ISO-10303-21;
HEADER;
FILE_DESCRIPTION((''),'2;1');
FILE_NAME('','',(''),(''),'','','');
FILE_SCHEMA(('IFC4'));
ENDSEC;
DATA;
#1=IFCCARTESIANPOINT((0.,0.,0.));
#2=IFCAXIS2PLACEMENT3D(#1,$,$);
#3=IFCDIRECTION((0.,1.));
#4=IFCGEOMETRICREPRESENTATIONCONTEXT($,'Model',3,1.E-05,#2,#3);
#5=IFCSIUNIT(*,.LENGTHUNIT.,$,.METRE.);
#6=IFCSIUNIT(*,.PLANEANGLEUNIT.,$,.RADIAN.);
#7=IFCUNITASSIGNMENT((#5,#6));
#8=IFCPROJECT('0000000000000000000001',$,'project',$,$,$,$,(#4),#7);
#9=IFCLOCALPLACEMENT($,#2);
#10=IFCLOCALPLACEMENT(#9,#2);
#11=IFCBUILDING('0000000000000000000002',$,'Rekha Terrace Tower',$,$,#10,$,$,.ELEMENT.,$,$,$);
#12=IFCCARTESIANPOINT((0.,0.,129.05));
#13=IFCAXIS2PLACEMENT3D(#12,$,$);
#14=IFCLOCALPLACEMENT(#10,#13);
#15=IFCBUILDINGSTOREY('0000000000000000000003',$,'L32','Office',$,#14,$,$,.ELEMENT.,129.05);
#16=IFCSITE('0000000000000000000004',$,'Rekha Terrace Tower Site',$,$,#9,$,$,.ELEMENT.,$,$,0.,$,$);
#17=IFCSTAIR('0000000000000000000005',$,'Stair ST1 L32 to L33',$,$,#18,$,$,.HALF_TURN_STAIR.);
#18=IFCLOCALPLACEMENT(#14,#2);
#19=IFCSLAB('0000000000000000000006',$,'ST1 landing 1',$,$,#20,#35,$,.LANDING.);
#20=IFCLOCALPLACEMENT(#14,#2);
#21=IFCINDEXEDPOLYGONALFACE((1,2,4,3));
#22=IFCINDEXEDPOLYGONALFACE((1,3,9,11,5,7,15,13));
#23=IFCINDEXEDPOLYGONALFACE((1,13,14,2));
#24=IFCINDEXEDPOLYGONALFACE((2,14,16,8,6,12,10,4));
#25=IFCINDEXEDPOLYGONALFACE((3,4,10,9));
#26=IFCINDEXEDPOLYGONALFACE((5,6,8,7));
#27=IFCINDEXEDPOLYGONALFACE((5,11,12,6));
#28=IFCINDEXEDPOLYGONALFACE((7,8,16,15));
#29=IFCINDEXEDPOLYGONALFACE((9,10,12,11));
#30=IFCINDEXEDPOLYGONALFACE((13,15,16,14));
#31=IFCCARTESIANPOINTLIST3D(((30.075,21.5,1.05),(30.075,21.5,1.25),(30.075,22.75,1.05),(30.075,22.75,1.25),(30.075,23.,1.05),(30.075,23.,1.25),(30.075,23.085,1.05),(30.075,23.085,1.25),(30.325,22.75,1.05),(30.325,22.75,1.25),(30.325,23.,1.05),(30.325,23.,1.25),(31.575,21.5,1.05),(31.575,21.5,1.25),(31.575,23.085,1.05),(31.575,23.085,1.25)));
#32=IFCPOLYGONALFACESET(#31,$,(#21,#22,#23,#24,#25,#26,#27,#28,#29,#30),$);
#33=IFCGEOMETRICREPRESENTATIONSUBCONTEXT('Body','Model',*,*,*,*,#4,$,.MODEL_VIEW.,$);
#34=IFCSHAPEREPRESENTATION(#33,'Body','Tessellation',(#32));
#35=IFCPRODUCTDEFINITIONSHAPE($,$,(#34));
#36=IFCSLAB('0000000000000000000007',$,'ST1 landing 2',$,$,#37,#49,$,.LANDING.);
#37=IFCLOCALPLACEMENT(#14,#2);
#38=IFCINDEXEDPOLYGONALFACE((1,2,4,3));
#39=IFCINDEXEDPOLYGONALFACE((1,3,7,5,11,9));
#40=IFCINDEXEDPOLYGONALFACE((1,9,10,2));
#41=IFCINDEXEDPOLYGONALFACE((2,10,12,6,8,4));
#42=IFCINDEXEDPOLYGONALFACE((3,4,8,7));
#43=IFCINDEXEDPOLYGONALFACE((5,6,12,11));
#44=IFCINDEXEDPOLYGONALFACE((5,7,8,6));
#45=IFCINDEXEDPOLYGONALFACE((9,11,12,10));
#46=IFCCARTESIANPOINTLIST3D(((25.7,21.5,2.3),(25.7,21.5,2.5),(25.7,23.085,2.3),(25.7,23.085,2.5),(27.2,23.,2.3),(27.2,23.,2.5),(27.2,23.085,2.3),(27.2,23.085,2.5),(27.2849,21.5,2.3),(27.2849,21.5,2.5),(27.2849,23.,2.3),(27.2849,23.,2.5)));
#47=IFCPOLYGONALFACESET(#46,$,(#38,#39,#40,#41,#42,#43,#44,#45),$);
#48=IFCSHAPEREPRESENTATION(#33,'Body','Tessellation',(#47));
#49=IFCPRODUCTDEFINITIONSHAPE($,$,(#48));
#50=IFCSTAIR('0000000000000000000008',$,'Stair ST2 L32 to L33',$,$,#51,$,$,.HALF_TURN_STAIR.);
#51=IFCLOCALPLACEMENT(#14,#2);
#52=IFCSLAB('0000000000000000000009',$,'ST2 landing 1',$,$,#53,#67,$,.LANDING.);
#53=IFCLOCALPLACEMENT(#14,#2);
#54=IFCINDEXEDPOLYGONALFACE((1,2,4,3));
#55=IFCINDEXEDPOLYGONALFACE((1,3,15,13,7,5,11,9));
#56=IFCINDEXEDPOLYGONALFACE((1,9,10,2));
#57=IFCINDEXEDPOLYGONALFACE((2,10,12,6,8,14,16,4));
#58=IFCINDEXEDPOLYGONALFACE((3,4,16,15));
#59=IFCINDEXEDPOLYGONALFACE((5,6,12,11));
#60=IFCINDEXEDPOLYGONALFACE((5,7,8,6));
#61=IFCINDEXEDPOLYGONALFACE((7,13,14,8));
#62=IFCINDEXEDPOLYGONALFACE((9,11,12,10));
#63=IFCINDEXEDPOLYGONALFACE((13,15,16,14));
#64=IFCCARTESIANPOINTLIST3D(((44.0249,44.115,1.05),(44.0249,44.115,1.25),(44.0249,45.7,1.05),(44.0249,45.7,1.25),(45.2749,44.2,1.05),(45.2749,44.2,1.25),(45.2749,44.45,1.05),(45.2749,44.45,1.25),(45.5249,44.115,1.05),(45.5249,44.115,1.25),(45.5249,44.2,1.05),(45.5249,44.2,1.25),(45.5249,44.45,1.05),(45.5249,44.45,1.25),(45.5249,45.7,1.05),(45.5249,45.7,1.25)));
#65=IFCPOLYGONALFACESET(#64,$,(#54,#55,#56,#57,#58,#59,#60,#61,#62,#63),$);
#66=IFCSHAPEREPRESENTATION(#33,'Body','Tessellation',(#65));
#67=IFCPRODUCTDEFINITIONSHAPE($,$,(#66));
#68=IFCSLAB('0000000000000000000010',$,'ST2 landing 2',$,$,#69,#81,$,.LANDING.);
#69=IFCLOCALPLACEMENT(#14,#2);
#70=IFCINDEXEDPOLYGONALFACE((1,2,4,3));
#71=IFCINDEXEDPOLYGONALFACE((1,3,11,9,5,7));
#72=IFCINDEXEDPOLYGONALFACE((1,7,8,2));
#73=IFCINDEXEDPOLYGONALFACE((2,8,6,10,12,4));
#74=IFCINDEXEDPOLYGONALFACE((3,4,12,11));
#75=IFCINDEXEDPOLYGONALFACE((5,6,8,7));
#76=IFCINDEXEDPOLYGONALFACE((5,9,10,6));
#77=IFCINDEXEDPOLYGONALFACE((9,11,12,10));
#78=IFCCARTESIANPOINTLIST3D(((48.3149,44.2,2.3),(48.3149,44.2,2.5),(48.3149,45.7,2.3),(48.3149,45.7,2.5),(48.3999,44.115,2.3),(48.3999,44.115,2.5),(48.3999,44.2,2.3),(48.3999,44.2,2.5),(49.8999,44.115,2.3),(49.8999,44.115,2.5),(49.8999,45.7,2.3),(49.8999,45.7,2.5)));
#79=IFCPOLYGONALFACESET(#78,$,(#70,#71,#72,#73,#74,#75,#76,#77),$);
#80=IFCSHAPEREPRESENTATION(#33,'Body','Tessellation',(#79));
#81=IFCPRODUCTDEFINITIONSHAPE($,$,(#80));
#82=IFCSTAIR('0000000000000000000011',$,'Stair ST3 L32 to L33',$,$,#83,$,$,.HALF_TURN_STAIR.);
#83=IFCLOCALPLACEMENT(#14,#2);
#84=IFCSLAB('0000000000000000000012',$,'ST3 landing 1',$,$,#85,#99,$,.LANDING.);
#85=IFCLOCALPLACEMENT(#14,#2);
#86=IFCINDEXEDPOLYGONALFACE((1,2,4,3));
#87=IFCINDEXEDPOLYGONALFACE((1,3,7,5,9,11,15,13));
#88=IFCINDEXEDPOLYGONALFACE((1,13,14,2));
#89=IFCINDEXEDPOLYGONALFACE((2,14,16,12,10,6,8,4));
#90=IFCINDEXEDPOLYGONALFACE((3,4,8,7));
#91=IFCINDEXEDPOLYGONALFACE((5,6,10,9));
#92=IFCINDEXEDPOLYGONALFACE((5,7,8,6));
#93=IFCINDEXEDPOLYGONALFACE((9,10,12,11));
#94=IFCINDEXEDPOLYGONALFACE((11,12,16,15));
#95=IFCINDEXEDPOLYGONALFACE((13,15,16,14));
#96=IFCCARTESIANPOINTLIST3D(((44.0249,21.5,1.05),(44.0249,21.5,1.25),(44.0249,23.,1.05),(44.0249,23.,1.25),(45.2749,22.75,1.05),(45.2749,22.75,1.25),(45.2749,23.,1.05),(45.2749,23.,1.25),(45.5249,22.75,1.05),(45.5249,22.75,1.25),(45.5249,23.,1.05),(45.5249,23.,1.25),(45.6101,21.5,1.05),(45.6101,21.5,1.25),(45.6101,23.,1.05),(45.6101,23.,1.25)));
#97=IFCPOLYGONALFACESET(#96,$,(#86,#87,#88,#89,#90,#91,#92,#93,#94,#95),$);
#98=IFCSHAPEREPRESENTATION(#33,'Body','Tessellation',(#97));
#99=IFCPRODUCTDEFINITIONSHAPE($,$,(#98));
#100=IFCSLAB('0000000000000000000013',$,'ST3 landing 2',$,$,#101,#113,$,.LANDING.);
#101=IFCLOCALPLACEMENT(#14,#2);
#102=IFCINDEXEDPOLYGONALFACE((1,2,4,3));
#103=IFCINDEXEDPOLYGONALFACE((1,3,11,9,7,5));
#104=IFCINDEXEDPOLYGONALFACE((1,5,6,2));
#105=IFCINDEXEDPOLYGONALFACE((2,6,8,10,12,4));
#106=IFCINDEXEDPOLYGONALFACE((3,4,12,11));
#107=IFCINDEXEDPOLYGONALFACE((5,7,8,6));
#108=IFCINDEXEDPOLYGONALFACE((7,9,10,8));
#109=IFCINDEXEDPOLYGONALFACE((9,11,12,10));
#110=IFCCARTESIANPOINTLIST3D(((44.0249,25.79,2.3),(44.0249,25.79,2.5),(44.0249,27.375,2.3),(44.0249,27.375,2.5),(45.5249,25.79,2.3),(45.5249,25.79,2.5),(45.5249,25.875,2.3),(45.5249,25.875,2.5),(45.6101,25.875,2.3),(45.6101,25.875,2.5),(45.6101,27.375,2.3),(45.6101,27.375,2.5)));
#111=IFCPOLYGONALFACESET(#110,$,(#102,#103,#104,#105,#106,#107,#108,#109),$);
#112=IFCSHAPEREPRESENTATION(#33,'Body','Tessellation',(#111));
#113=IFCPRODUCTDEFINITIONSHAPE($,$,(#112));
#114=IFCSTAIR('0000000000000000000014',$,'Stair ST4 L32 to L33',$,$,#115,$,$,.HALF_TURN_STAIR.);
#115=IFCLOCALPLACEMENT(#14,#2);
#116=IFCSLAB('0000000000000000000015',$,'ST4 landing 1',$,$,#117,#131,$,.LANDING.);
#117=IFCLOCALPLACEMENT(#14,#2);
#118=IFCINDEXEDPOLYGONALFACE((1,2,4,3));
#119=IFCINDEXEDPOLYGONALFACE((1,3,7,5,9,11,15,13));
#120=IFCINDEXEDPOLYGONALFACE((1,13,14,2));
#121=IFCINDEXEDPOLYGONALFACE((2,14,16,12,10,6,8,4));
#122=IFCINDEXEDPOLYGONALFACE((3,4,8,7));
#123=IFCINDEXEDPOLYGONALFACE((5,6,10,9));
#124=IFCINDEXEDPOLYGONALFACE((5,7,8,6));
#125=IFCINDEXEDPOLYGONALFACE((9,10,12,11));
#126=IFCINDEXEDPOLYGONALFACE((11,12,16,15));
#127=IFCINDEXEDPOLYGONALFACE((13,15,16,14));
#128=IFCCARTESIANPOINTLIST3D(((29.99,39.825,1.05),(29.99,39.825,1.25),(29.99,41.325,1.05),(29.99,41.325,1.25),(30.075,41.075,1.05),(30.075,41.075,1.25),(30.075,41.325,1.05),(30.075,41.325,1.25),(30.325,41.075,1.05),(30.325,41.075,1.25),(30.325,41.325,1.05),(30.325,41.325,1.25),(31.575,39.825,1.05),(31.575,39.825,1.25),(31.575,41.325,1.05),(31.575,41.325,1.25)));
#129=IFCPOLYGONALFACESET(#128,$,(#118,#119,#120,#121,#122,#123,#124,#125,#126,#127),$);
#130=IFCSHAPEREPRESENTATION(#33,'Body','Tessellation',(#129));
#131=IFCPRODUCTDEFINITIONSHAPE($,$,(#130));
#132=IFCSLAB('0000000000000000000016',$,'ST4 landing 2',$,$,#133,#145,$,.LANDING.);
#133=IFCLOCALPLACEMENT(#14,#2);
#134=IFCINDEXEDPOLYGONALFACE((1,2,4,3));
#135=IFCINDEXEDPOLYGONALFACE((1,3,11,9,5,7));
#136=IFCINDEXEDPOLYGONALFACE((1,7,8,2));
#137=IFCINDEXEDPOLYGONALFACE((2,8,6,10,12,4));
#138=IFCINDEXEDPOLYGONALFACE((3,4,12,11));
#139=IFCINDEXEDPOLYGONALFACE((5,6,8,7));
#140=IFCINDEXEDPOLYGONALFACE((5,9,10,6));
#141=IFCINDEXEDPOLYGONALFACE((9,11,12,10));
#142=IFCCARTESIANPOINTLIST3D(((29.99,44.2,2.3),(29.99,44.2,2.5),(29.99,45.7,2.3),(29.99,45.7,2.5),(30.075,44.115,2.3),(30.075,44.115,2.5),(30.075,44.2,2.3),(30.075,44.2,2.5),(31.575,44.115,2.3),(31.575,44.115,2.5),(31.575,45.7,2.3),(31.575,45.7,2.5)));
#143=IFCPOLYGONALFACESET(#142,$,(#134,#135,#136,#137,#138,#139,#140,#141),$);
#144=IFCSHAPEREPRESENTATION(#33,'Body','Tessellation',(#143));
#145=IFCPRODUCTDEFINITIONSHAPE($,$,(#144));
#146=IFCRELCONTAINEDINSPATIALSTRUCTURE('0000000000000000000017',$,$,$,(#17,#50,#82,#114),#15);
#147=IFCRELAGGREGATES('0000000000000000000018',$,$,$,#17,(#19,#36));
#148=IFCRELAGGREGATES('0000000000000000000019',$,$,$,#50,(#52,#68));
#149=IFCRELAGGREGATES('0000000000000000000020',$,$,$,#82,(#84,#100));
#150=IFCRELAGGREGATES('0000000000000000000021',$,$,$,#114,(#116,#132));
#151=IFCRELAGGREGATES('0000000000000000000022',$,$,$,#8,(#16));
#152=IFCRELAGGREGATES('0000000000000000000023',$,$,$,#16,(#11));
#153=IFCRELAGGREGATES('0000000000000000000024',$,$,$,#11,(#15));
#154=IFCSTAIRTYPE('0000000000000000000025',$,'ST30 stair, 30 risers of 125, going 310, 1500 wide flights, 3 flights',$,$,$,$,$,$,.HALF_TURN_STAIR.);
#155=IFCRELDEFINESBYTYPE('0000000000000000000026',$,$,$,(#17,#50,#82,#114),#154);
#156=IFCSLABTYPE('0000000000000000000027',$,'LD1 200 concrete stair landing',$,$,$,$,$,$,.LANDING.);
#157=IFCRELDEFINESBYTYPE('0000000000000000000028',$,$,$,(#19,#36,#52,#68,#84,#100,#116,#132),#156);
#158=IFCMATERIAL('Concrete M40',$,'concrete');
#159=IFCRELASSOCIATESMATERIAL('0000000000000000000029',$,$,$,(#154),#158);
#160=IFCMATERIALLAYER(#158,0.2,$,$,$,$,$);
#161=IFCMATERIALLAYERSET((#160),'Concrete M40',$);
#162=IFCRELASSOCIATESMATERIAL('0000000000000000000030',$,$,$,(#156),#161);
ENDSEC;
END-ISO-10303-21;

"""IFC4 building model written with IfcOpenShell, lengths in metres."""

from ifc_helpers import new_model, si_unit, direction, frame, origin, place, context, subcontext, project, spatial, polyline, outline, extrude, material, layer, layer_set, type_object, element, aggregate, save


model = new_model("IFC4")

# Units and contexts
model_context = context("Model", 3, precision=1e-05, world=origin(), true_north=direction((0.0, 1.0)))
body_context = subcontext(model_context, "Body", "Model", "MODEL_VIEW")
ifc_project = project(units=[si_unit("LENGTHUNIT", "METRE"), si_unit("PLANEANGLEUNIT", "RADIAN")], contexts=[model_context])

# Site, building, storey
site_placement = place(None, origin())
site = spatial("IfcSite", under=ifc_project, at=site_placement, Name="Rekha Terrace Tower Site", CompositionType="ELEMENT", RefElevation=0.0)
building_placement = place(site_placement, origin())
building = spatial("IfcBuilding", under=site, at=building_placement, Name="Rekha Terrace Tower", CompositionType="ELEMENT")
storey_placement = place(building_placement, frame((0.0, 0.0, 129.05)))
storey = spatial("IfcBuildingStorey", under=building, at=storey_placement, Name="L32", Description="Office", CompositionType="ELEMENT", Elevation=129.05)

# Stairs, slabs
ifc_material_1 = material(Name="Concrete M40", Category="concrete")
stair_type = type_object("IfcStairType", Name="ST30 stair, 30 risers of 125, going 310, 1500 wide flights, 3 flights", PredefinedType="HALF_TURN_STAIR", material=ifc_material_1)
stair_1_placement = place(storey_placement, origin())
stair_1 = element("IfcStair", 1, at=stair_1_placement, inside=storey, type_object=stair_type, Name="Stair ST1 L32 to L33", PredefinedType="HALF_TURN_STAIR")
ifc_layer_1 = layer(ifc_material_1, 0.2)
ifc_layer_set_1 = layer_set([ifc_layer_1], Name="Concrete M40")
slab_type_1 = type_object("IfcSlabType", Name="LD1 200 concrete stair landing", PredefinedType="LANDING", material=ifc_layer_set_1)
slab_1_placement = place(storey_placement, frame((0.0, 0.0, 1.05)))
slab_1 = element("IfcSlab", 2, at=slab_1_placement, type_object=slab_type_1, Name="ST1 landing 1", PredefinedType="LANDING", context=body_context, shape_type="SweptSolid", body=[
    extrude(outline(polyline([(30.075, 21.5), (31.575, 21.5), (31.575, 23.085), (30.075, 23.085), (30.075, 23.0), (30.325, 23.0), (30.325, 22.75), (30.075, 22.75), (30.075, 21.5)])), origin(), (0.0, 0.0, 1.0), 0.2),
])
slab_2_placement = place(storey_placement, frame((0.0, 0.0, 2.3)))
slab_2 = element("IfcSlab", 3, at=slab_2_placement, type_object=slab_type_1, Name="ST1 landing 2", PredefinedType="LANDING", context=body_context, shape_type="SweptSolid", body=[
    extrude(outline(polyline([(27.2, 23.085), (25.7, 23.085), (25.7, 21.5), (27.2849, 21.5), (27.2849, 23.0), (27.2, 23.0), (27.2, 23.085)])), origin(), (0.0, 0.0, 1.0), 0.2),
])
aggregate(stair_1, [slab_1, slab_2])
stair_2_placement = place(storey_placement, origin())
stair_2 = element("IfcStair", 4, at=stair_2_placement, inside=storey, type_object=stair_type, Name="Stair ST2 L32 to L33", PredefinedType="HALF_TURN_STAIR")
slab_3_placement = place(storey_placement, frame((0.0, 0.0, 1.05)))
slab_3 = element("IfcSlab", 5, at=slab_3_placement, type_object=slab_type_1, Name="ST2 landing 1", PredefinedType="LANDING", context=body_context, shape_type="SweptSolid", body=[
    extrude(outline(polyline([(45.5249, 45.7), (44.0249, 45.7), (44.0249, 44.115), (45.5249, 44.115), (45.5249, 44.2), (45.2749, 44.2), (45.2749, 44.45), (45.5249, 44.45), (45.5249, 45.7)])), origin(), (0.0, 0.0, 1.0), 0.2),
])
slab_4_placement = place(storey_placement, frame((0.0, 0.0, 2.3)))
slab_4 = element("IfcSlab", 6, at=slab_4_placement, type_object=slab_type_1, Name="ST2 landing 2", PredefinedType="LANDING", context=body_context, shape_type="SweptSolid", body=[
    extrude(outline(polyline([(48.3999, 44.115), (49.8999, 44.115), (49.8999, 45.7), (48.3149, 45.7), (48.3149, 44.2), (48.3999, 44.2), (48.3999, 44.115)])), origin(), (0.0, 0.0, 1.0), 0.2),
])
aggregate(stair_2, [slab_3, slab_4])
stair_3_placement = place(storey_placement, origin())
stair_3 = element("IfcStair", 7, at=stair_3_placement, inside=storey, type_object=stair_type, Name="Stair ST3 L32 to L33", PredefinedType="HALF_TURN_STAIR")
slab_5_placement = place(storey_placement, frame((0.0, 0.0, 1.05)))
slab_5 = element("IfcSlab", 8, at=slab_5_placement, type_object=slab_type_1, Name="ST3 landing 1", PredefinedType="LANDING", context=body_context, shape_type="SweptSolid", body=[
    extrude(outline(polyline([(44.0249, 23.0), (44.0249, 21.5), (45.6101, 21.5), (45.6101, 23.0), (45.5249, 23.0), (45.5249, 22.75), (45.2749, 22.75), (45.2749, 23.0), (44.0249, 23.0)])), origin(), (0.0, 0.0, 1.0), 0.2),
])
slab_6_placement = place(storey_placement, frame((0.0, 0.0, 2.3)))
slab_6 = element("IfcSlab", 9, at=slab_6_placement, type_object=slab_type_1, Name="ST3 landing 2", PredefinedType="LANDING", context=body_context, shape_type="SweptSolid", body=[
    extrude(outline(polyline([(45.6101, 25.875), (45.6101, 27.375), (44.0249, 27.375), (44.0249, 25.79), (45.5249, 25.79), (45.5249, 25.875), (45.6101, 25.875)])), origin(), (0.0, 0.0, 1.0), 0.2),
])
aggregate(stair_3, [slab_5, slab_6])
stair_4_placement = place(storey_placement, origin())
stair_4 = element("IfcStair", 10, at=stair_4_placement, inside=storey, type_object=stair_type, Name="Stair ST4 L32 to L33", PredefinedType="HALF_TURN_STAIR")
slab_7_placement = place(storey_placement, frame((0.0, 0.0, 1.05)))
slab_7 = element("IfcSlab", 11, at=slab_7_placement, type_object=slab_type_1, Name="ST4 landing 1", PredefinedType="LANDING", context=body_context, shape_type="SweptSolid", body=[
    extrude(outline(polyline([(31.575, 41.325), (31.575, 39.825), (29.99, 39.825), (29.99, 41.325), (30.075, 41.325), (30.075, 41.075), (30.325, 41.075), (30.325, 41.325), (31.575, 41.325)])), origin(), (0.0, 0.0, 1.0), 0.2),
])
slab_8_placement = place(storey_placement, frame((0.0, 0.0, 2.3)))
slab_8 = element("IfcSlab", 12, at=slab_8_placement, type_object=slab_type_1, Name="ST4 landing 2", PredefinedType="LANDING", context=body_context, shape_type="SweptSolid", body=[
    extrude(outline(polyline([(29.99, 44.2), (29.99, 45.7), (31.575, 45.7), (31.575, 44.115), (30.075, 44.115), (30.075, 44.2), (29.99, 44.2)])), origin(), (0.0, 0.0, 1.0), 0.2),
])
aggregate(stair_4, [slab_7, slab_8])

save(model, "model.ifc")
